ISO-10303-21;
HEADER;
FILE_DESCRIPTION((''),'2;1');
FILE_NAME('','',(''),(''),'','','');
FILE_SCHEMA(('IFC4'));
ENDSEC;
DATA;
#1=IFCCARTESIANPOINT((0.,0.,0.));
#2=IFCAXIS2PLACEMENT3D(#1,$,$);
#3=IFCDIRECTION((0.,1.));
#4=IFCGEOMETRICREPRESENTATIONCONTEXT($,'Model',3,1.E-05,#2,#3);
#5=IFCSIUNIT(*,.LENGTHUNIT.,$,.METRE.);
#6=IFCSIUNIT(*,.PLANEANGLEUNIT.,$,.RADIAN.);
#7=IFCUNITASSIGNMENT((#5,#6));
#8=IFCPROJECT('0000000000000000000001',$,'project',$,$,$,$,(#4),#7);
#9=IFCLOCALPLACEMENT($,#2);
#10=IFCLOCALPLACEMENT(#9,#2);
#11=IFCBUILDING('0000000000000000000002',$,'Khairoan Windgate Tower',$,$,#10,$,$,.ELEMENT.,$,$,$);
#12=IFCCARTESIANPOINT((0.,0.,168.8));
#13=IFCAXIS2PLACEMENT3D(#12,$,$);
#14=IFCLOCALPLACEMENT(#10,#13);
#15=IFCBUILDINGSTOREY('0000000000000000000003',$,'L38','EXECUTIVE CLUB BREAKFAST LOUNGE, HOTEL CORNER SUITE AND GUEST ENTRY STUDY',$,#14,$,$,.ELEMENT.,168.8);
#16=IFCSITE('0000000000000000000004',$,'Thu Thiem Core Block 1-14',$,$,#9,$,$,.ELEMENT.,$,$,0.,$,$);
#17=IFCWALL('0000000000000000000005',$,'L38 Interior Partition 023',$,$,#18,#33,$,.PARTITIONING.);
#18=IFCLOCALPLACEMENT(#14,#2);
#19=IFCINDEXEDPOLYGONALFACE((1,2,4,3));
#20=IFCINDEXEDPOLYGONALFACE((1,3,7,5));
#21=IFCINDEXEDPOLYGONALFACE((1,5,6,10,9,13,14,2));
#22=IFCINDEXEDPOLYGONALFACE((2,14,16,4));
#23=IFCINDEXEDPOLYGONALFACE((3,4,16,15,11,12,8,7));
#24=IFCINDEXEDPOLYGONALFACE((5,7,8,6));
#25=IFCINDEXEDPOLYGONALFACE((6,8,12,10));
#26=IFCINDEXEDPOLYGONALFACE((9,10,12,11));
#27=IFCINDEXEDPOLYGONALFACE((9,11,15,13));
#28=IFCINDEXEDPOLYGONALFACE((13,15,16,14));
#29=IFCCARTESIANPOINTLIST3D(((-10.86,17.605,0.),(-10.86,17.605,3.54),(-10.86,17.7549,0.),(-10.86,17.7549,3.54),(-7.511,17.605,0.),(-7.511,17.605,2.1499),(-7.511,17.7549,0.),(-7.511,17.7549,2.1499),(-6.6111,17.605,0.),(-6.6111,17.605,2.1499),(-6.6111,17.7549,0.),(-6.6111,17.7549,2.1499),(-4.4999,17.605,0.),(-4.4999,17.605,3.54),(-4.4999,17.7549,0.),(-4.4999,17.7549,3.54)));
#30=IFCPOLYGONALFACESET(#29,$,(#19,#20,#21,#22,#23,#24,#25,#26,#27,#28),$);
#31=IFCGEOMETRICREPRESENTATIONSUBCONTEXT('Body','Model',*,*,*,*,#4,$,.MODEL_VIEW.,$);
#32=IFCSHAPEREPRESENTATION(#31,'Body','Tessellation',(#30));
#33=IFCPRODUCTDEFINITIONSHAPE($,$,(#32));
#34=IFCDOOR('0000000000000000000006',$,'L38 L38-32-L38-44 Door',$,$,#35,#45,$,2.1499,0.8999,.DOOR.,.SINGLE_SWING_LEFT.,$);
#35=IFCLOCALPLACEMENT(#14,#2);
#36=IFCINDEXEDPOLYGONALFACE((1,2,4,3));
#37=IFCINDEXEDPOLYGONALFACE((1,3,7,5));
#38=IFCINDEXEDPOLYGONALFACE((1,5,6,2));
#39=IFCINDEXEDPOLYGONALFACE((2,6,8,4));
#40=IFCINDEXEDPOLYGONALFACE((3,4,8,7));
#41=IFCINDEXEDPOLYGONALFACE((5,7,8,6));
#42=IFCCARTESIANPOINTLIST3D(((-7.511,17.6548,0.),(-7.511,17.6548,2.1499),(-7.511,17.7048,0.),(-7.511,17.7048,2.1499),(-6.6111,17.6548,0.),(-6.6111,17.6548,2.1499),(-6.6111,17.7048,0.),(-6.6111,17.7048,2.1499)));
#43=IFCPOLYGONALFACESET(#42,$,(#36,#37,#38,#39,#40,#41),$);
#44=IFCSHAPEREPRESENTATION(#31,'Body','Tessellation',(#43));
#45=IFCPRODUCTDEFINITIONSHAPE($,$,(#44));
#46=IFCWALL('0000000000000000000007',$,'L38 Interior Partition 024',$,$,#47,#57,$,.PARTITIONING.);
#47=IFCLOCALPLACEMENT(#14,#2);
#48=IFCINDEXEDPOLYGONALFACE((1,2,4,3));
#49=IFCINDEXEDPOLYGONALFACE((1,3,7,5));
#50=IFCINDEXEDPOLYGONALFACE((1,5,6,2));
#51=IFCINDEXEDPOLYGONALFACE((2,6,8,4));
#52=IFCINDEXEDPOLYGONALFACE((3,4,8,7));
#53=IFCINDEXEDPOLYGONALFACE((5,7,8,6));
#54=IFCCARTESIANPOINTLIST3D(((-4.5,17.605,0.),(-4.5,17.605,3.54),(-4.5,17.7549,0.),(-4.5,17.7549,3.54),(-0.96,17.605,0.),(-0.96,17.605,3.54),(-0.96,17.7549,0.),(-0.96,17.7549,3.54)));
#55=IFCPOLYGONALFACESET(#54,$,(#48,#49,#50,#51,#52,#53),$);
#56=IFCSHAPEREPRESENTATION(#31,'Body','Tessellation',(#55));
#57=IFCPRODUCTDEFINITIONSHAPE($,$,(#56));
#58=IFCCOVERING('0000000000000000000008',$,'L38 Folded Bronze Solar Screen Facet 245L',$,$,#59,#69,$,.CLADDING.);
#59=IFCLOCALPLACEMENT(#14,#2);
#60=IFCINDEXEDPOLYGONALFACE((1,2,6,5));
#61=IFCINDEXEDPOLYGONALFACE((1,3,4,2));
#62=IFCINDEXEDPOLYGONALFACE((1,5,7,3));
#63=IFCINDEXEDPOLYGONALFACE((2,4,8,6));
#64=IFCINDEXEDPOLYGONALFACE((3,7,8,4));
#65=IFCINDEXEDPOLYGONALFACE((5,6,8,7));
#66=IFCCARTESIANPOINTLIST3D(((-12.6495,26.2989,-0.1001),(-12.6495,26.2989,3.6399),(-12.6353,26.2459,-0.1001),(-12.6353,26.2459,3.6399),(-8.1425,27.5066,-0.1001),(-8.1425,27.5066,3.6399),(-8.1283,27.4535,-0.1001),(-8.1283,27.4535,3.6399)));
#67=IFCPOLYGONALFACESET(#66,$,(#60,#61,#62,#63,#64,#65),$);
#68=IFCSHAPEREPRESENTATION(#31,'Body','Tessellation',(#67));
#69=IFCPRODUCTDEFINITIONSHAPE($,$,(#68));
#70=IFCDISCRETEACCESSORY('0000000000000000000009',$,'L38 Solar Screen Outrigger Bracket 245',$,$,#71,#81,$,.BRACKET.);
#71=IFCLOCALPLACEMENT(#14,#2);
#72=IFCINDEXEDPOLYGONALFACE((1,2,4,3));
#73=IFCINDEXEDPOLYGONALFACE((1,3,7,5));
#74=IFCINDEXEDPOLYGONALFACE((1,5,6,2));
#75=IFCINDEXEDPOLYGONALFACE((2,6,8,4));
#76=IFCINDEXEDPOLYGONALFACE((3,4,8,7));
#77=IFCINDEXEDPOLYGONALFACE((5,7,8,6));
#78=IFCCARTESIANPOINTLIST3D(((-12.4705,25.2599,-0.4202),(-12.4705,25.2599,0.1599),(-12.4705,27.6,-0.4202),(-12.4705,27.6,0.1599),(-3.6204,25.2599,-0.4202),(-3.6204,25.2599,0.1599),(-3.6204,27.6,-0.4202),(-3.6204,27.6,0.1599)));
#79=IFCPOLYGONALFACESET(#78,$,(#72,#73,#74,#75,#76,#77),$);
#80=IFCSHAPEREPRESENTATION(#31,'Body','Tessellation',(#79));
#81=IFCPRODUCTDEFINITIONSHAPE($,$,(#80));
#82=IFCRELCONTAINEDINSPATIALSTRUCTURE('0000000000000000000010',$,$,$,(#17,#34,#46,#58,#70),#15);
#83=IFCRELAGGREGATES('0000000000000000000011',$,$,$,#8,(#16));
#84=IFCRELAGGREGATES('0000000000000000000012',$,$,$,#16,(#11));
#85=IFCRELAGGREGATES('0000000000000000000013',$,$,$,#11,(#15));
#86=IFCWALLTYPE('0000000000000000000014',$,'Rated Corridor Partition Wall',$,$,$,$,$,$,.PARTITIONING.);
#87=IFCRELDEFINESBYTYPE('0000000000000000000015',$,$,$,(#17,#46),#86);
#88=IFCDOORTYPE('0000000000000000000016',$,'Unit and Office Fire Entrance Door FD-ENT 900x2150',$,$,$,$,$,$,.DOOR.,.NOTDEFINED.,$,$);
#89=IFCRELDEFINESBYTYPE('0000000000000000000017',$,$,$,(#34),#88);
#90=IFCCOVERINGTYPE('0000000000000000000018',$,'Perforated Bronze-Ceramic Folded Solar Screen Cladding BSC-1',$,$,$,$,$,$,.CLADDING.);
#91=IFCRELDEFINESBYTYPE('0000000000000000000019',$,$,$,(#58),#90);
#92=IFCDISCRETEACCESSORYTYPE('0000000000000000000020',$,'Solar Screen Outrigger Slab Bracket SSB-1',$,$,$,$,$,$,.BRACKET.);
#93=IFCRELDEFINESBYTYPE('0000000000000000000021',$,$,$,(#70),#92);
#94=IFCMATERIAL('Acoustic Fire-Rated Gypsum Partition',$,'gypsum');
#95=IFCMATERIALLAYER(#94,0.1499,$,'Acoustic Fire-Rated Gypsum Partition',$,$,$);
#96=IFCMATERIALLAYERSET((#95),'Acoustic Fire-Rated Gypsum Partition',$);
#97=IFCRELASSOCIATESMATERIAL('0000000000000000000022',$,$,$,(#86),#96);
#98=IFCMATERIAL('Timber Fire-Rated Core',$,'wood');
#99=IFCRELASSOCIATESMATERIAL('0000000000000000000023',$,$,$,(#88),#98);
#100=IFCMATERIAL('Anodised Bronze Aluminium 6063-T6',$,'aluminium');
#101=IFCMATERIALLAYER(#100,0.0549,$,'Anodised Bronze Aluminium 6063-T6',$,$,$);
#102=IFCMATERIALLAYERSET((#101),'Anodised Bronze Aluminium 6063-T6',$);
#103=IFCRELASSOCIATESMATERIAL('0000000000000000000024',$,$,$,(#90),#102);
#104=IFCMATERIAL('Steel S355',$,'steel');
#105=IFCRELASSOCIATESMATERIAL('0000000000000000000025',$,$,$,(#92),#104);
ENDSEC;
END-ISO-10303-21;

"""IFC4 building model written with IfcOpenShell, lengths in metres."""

from ifc_helpers import new_model, si_unit, direction, frame, frame_2d, origin, origin_2d, place, context, subcontext, project, spatial, rectangle, extrude, material, layer, layer_set, type_object, element, fill, save


model = new_model("IFC4")

# Units and contexts
model_context = context("Model", 3, precision=1e-05, world=origin(), true_north=direction((0.0, 1.0)))
body_context = subcontext(model_context, "Body", "Model", "MODEL_VIEW")
ifc_project = project(units=[si_unit("LENGTHUNIT", "METRE"), si_unit("PLANEANGLEUNIT", "RADIAN")], contexts=[model_context])

# Site, building, storey
site_placement = place(None, origin())
site = spatial("IfcSite", under=ifc_project, at=site_placement, Name="Thu Thiem Core Block 1-14", CompositionType="ELEMENT", RefElevation=0.0)
building_placement = place(site_placement, origin())
building = spatial("IfcBuilding", under=site, at=building_placement, Name="Khairoan Windgate Tower", CompositionType="ELEMENT")
storey_placement = place(building_placement, frame((0.0, 0.0, 168.8)))
storey = spatial("IfcBuildingStorey", under=building, at=storey_placement, Name="L38", Description="EXECUTIVE CLUB BREAKFAST LOUNGE, HOTEL CORNER SUITE AND GUEST ENTRY STUDY", CompositionType="ELEMENT", Elevation=168.8)

# Shared definitions
ifc_material_1 = material(Name="Acoustic Fire-Rated Gypsum Partition", Category="gypsum")
ifc_layer_1 = layer(ifc_material_1, 0.1499, Name="Acoustic Fire-Rated Gypsum Partition")
ifc_layer_set_1 = layer_set([ifc_layer_1], Name="Acoustic Fire-Rated Gypsum Partition")
wall_type_1 = type_object("IfcWallType", Name="Rated Corridor Partition Wall", PredefinedType="PARTITIONING", material=ifc_layer_set_1)
ifc_material_2 = material(Name="Timber Fire-Rated Core", Category="wood")
door_type_1 = type_object("IfcDoorType", Name="Unit and Office Fire Entrance Door FD-ENT 900x2150", OperationType="NOTDEFINED", PredefinedType="DOOR", material=ifc_material_2)

# Wall, opening, door
wall_1_placement = place(storey_placement, frame((-10.8601, 17.6799, 0.0), z_axis=(0.0, 0.0, 1.0), x_axis=(1.0, 0.0, 0.0)))
wall_1 = element("IfcWall", 1, at=wall_1_placement, inside=storey, type_object=wall_type_1, Name="L38 Interior Partition 023", PredefinedType="PARTITIONING", context=body_context, shape_type="SweptSolid", body=[
    extrude(rectangle(XDim=6.3601, YDim=0.1499, at=frame_2d((3.1802, 0.0))), origin(), (0.0, 0.0, 1.0), 3.54),
])
opening_1_placement = place(wall_1_placement, frame((3.3491, 0.0, 0.0)))
opening_1 = element("IfcOpeningElement", 2, at=opening_1_placement, cuts=wall_1, PredefinedType="OPENING", context=body_context, shape_type="SweptSolid", body=[
    extrude(rectangle(XDim=0.8999, YDim=2.1499, at=frame_2d((0.45, 1.075))), frame((0.0, 0.085, 0.0), z_axis=(0.0, -1.0, 0.0), x_axis=(1.0, 0.0, 0.0)), (0.0, 0.0, 1.0), 0.1699),
])
door_1_placement = place(opening_1_placement, origin())
door_1 = element("IfcDoor", 3, at=door_1_placement, inside=storey, type_object=door_type_1, Name="L38 L38-32-L38-44 Door", OperationType="SINGLE_SWING_LEFT", OverallHeight=2.1499, OverallWidth=0.8999, PredefinedType="DOOR", context=body_context, shape_type="SweptSolid", body=[
    extrude(rectangle(XDim=0.8999, YDim=2.1499, at=frame_2d((0.45, 1.075))), frame((0.0, 0.0249, 0.0), z_axis=(0.0, -1.0, 0.0), x_axis=(1.0, 0.0, 0.0)), (0.0, 0.0, 1.0), 0.05),
])
fill(opening_1, door_1)

# Wall
wall_2_placement = place(storey_placement, frame((-4.5, 17.6799, 0.0), z_axis=(0.0, 0.0, 1.0), x_axis=(1.0, 0.0, 0.0)))
element("IfcWall", 4, at=wall_2_placement, inside=storey, type_object=wall_type_1, Name="L38 Interior Partition 024", PredefinedType="PARTITIONING", context=body_context, shape_type="SweptSolid", body=[
    extrude(rectangle(XDim=3.54, YDim=0.1499, at=frame_2d((1.77, 0.0))), origin(), (0.0, 0.0, 1.0), 3.54),
])

# Covering
ifc_material_3 = material(Name="Anodised Bronze Aluminium 6063-T6", Category="aluminium")
ifc_layer_2 = layer(ifc_material_3, 0.0549, Name="Anodised Bronze Aluminium 6063-T6")
ifc_layer_set_2 = layer_set([ifc_layer_2], Name="Anodised Bronze Aluminium 6063-T6")
covering_type = type_object("IfcCoveringType", Name="Perforated Bronze-Ceramic Folded Solar Screen Cladding BSC-1", PredefinedType="CLADDING", material=ifc_layer_set_2)
covering_placement = place(storey_placement, frame((-10.3889, 26.8762, -0.1001), z_axis=(0.0, 0.0, 1.0), x_axis=(0.965926, 0.258819, 0.0)))
element("IfcCovering", 5, at=covering_placement, inside=storey, type_object=covering_type, Name="L38 Folded Bronze Solar Screen Facet 245L", PredefinedType="CLADDING", context=body_context, shape_type="SweptSolid", body=[
    extrude(rectangle(XDim=4.666, YDim=0.0549, at=origin_2d()), origin(), (0.0, 0.0, 1.0), 3.74),
])

# Discrete accessory
ifc_material_4 = material(Name="Steel S355", Category="steel")
discrete_accessory_type = type_object("IfcDiscreteAccessoryType", Name="Solar Screen Outrigger Slab Bracket SSB-1", PredefinedType="BRACKET", material=ifc_material_4)
discrete_accessory_placement = place(storey_placement, frame((-8.0454, 26.4299, -0.4202), z_axis=(0.0, 0.0, 1.0), x_axis=(1.0, 0.0, 0.0)))
element("IfcDiscreteAccessory", 6, at=discrete_accessory_placement, inside=storey, type_object=discrete_accessory_type, Name="L38 Solar Screen Outrigger Bracket 245", PredefinedType="BRACKET", context=body_context, shape_type="SweptSolid", body=[
    extrude(rectangle(XDim=8.8501, YDim=2.3401, at=origin_2d()), origin(), (0.0, 0.0, 1.0), 0.5801),
])

save(model, "model.ifc")
